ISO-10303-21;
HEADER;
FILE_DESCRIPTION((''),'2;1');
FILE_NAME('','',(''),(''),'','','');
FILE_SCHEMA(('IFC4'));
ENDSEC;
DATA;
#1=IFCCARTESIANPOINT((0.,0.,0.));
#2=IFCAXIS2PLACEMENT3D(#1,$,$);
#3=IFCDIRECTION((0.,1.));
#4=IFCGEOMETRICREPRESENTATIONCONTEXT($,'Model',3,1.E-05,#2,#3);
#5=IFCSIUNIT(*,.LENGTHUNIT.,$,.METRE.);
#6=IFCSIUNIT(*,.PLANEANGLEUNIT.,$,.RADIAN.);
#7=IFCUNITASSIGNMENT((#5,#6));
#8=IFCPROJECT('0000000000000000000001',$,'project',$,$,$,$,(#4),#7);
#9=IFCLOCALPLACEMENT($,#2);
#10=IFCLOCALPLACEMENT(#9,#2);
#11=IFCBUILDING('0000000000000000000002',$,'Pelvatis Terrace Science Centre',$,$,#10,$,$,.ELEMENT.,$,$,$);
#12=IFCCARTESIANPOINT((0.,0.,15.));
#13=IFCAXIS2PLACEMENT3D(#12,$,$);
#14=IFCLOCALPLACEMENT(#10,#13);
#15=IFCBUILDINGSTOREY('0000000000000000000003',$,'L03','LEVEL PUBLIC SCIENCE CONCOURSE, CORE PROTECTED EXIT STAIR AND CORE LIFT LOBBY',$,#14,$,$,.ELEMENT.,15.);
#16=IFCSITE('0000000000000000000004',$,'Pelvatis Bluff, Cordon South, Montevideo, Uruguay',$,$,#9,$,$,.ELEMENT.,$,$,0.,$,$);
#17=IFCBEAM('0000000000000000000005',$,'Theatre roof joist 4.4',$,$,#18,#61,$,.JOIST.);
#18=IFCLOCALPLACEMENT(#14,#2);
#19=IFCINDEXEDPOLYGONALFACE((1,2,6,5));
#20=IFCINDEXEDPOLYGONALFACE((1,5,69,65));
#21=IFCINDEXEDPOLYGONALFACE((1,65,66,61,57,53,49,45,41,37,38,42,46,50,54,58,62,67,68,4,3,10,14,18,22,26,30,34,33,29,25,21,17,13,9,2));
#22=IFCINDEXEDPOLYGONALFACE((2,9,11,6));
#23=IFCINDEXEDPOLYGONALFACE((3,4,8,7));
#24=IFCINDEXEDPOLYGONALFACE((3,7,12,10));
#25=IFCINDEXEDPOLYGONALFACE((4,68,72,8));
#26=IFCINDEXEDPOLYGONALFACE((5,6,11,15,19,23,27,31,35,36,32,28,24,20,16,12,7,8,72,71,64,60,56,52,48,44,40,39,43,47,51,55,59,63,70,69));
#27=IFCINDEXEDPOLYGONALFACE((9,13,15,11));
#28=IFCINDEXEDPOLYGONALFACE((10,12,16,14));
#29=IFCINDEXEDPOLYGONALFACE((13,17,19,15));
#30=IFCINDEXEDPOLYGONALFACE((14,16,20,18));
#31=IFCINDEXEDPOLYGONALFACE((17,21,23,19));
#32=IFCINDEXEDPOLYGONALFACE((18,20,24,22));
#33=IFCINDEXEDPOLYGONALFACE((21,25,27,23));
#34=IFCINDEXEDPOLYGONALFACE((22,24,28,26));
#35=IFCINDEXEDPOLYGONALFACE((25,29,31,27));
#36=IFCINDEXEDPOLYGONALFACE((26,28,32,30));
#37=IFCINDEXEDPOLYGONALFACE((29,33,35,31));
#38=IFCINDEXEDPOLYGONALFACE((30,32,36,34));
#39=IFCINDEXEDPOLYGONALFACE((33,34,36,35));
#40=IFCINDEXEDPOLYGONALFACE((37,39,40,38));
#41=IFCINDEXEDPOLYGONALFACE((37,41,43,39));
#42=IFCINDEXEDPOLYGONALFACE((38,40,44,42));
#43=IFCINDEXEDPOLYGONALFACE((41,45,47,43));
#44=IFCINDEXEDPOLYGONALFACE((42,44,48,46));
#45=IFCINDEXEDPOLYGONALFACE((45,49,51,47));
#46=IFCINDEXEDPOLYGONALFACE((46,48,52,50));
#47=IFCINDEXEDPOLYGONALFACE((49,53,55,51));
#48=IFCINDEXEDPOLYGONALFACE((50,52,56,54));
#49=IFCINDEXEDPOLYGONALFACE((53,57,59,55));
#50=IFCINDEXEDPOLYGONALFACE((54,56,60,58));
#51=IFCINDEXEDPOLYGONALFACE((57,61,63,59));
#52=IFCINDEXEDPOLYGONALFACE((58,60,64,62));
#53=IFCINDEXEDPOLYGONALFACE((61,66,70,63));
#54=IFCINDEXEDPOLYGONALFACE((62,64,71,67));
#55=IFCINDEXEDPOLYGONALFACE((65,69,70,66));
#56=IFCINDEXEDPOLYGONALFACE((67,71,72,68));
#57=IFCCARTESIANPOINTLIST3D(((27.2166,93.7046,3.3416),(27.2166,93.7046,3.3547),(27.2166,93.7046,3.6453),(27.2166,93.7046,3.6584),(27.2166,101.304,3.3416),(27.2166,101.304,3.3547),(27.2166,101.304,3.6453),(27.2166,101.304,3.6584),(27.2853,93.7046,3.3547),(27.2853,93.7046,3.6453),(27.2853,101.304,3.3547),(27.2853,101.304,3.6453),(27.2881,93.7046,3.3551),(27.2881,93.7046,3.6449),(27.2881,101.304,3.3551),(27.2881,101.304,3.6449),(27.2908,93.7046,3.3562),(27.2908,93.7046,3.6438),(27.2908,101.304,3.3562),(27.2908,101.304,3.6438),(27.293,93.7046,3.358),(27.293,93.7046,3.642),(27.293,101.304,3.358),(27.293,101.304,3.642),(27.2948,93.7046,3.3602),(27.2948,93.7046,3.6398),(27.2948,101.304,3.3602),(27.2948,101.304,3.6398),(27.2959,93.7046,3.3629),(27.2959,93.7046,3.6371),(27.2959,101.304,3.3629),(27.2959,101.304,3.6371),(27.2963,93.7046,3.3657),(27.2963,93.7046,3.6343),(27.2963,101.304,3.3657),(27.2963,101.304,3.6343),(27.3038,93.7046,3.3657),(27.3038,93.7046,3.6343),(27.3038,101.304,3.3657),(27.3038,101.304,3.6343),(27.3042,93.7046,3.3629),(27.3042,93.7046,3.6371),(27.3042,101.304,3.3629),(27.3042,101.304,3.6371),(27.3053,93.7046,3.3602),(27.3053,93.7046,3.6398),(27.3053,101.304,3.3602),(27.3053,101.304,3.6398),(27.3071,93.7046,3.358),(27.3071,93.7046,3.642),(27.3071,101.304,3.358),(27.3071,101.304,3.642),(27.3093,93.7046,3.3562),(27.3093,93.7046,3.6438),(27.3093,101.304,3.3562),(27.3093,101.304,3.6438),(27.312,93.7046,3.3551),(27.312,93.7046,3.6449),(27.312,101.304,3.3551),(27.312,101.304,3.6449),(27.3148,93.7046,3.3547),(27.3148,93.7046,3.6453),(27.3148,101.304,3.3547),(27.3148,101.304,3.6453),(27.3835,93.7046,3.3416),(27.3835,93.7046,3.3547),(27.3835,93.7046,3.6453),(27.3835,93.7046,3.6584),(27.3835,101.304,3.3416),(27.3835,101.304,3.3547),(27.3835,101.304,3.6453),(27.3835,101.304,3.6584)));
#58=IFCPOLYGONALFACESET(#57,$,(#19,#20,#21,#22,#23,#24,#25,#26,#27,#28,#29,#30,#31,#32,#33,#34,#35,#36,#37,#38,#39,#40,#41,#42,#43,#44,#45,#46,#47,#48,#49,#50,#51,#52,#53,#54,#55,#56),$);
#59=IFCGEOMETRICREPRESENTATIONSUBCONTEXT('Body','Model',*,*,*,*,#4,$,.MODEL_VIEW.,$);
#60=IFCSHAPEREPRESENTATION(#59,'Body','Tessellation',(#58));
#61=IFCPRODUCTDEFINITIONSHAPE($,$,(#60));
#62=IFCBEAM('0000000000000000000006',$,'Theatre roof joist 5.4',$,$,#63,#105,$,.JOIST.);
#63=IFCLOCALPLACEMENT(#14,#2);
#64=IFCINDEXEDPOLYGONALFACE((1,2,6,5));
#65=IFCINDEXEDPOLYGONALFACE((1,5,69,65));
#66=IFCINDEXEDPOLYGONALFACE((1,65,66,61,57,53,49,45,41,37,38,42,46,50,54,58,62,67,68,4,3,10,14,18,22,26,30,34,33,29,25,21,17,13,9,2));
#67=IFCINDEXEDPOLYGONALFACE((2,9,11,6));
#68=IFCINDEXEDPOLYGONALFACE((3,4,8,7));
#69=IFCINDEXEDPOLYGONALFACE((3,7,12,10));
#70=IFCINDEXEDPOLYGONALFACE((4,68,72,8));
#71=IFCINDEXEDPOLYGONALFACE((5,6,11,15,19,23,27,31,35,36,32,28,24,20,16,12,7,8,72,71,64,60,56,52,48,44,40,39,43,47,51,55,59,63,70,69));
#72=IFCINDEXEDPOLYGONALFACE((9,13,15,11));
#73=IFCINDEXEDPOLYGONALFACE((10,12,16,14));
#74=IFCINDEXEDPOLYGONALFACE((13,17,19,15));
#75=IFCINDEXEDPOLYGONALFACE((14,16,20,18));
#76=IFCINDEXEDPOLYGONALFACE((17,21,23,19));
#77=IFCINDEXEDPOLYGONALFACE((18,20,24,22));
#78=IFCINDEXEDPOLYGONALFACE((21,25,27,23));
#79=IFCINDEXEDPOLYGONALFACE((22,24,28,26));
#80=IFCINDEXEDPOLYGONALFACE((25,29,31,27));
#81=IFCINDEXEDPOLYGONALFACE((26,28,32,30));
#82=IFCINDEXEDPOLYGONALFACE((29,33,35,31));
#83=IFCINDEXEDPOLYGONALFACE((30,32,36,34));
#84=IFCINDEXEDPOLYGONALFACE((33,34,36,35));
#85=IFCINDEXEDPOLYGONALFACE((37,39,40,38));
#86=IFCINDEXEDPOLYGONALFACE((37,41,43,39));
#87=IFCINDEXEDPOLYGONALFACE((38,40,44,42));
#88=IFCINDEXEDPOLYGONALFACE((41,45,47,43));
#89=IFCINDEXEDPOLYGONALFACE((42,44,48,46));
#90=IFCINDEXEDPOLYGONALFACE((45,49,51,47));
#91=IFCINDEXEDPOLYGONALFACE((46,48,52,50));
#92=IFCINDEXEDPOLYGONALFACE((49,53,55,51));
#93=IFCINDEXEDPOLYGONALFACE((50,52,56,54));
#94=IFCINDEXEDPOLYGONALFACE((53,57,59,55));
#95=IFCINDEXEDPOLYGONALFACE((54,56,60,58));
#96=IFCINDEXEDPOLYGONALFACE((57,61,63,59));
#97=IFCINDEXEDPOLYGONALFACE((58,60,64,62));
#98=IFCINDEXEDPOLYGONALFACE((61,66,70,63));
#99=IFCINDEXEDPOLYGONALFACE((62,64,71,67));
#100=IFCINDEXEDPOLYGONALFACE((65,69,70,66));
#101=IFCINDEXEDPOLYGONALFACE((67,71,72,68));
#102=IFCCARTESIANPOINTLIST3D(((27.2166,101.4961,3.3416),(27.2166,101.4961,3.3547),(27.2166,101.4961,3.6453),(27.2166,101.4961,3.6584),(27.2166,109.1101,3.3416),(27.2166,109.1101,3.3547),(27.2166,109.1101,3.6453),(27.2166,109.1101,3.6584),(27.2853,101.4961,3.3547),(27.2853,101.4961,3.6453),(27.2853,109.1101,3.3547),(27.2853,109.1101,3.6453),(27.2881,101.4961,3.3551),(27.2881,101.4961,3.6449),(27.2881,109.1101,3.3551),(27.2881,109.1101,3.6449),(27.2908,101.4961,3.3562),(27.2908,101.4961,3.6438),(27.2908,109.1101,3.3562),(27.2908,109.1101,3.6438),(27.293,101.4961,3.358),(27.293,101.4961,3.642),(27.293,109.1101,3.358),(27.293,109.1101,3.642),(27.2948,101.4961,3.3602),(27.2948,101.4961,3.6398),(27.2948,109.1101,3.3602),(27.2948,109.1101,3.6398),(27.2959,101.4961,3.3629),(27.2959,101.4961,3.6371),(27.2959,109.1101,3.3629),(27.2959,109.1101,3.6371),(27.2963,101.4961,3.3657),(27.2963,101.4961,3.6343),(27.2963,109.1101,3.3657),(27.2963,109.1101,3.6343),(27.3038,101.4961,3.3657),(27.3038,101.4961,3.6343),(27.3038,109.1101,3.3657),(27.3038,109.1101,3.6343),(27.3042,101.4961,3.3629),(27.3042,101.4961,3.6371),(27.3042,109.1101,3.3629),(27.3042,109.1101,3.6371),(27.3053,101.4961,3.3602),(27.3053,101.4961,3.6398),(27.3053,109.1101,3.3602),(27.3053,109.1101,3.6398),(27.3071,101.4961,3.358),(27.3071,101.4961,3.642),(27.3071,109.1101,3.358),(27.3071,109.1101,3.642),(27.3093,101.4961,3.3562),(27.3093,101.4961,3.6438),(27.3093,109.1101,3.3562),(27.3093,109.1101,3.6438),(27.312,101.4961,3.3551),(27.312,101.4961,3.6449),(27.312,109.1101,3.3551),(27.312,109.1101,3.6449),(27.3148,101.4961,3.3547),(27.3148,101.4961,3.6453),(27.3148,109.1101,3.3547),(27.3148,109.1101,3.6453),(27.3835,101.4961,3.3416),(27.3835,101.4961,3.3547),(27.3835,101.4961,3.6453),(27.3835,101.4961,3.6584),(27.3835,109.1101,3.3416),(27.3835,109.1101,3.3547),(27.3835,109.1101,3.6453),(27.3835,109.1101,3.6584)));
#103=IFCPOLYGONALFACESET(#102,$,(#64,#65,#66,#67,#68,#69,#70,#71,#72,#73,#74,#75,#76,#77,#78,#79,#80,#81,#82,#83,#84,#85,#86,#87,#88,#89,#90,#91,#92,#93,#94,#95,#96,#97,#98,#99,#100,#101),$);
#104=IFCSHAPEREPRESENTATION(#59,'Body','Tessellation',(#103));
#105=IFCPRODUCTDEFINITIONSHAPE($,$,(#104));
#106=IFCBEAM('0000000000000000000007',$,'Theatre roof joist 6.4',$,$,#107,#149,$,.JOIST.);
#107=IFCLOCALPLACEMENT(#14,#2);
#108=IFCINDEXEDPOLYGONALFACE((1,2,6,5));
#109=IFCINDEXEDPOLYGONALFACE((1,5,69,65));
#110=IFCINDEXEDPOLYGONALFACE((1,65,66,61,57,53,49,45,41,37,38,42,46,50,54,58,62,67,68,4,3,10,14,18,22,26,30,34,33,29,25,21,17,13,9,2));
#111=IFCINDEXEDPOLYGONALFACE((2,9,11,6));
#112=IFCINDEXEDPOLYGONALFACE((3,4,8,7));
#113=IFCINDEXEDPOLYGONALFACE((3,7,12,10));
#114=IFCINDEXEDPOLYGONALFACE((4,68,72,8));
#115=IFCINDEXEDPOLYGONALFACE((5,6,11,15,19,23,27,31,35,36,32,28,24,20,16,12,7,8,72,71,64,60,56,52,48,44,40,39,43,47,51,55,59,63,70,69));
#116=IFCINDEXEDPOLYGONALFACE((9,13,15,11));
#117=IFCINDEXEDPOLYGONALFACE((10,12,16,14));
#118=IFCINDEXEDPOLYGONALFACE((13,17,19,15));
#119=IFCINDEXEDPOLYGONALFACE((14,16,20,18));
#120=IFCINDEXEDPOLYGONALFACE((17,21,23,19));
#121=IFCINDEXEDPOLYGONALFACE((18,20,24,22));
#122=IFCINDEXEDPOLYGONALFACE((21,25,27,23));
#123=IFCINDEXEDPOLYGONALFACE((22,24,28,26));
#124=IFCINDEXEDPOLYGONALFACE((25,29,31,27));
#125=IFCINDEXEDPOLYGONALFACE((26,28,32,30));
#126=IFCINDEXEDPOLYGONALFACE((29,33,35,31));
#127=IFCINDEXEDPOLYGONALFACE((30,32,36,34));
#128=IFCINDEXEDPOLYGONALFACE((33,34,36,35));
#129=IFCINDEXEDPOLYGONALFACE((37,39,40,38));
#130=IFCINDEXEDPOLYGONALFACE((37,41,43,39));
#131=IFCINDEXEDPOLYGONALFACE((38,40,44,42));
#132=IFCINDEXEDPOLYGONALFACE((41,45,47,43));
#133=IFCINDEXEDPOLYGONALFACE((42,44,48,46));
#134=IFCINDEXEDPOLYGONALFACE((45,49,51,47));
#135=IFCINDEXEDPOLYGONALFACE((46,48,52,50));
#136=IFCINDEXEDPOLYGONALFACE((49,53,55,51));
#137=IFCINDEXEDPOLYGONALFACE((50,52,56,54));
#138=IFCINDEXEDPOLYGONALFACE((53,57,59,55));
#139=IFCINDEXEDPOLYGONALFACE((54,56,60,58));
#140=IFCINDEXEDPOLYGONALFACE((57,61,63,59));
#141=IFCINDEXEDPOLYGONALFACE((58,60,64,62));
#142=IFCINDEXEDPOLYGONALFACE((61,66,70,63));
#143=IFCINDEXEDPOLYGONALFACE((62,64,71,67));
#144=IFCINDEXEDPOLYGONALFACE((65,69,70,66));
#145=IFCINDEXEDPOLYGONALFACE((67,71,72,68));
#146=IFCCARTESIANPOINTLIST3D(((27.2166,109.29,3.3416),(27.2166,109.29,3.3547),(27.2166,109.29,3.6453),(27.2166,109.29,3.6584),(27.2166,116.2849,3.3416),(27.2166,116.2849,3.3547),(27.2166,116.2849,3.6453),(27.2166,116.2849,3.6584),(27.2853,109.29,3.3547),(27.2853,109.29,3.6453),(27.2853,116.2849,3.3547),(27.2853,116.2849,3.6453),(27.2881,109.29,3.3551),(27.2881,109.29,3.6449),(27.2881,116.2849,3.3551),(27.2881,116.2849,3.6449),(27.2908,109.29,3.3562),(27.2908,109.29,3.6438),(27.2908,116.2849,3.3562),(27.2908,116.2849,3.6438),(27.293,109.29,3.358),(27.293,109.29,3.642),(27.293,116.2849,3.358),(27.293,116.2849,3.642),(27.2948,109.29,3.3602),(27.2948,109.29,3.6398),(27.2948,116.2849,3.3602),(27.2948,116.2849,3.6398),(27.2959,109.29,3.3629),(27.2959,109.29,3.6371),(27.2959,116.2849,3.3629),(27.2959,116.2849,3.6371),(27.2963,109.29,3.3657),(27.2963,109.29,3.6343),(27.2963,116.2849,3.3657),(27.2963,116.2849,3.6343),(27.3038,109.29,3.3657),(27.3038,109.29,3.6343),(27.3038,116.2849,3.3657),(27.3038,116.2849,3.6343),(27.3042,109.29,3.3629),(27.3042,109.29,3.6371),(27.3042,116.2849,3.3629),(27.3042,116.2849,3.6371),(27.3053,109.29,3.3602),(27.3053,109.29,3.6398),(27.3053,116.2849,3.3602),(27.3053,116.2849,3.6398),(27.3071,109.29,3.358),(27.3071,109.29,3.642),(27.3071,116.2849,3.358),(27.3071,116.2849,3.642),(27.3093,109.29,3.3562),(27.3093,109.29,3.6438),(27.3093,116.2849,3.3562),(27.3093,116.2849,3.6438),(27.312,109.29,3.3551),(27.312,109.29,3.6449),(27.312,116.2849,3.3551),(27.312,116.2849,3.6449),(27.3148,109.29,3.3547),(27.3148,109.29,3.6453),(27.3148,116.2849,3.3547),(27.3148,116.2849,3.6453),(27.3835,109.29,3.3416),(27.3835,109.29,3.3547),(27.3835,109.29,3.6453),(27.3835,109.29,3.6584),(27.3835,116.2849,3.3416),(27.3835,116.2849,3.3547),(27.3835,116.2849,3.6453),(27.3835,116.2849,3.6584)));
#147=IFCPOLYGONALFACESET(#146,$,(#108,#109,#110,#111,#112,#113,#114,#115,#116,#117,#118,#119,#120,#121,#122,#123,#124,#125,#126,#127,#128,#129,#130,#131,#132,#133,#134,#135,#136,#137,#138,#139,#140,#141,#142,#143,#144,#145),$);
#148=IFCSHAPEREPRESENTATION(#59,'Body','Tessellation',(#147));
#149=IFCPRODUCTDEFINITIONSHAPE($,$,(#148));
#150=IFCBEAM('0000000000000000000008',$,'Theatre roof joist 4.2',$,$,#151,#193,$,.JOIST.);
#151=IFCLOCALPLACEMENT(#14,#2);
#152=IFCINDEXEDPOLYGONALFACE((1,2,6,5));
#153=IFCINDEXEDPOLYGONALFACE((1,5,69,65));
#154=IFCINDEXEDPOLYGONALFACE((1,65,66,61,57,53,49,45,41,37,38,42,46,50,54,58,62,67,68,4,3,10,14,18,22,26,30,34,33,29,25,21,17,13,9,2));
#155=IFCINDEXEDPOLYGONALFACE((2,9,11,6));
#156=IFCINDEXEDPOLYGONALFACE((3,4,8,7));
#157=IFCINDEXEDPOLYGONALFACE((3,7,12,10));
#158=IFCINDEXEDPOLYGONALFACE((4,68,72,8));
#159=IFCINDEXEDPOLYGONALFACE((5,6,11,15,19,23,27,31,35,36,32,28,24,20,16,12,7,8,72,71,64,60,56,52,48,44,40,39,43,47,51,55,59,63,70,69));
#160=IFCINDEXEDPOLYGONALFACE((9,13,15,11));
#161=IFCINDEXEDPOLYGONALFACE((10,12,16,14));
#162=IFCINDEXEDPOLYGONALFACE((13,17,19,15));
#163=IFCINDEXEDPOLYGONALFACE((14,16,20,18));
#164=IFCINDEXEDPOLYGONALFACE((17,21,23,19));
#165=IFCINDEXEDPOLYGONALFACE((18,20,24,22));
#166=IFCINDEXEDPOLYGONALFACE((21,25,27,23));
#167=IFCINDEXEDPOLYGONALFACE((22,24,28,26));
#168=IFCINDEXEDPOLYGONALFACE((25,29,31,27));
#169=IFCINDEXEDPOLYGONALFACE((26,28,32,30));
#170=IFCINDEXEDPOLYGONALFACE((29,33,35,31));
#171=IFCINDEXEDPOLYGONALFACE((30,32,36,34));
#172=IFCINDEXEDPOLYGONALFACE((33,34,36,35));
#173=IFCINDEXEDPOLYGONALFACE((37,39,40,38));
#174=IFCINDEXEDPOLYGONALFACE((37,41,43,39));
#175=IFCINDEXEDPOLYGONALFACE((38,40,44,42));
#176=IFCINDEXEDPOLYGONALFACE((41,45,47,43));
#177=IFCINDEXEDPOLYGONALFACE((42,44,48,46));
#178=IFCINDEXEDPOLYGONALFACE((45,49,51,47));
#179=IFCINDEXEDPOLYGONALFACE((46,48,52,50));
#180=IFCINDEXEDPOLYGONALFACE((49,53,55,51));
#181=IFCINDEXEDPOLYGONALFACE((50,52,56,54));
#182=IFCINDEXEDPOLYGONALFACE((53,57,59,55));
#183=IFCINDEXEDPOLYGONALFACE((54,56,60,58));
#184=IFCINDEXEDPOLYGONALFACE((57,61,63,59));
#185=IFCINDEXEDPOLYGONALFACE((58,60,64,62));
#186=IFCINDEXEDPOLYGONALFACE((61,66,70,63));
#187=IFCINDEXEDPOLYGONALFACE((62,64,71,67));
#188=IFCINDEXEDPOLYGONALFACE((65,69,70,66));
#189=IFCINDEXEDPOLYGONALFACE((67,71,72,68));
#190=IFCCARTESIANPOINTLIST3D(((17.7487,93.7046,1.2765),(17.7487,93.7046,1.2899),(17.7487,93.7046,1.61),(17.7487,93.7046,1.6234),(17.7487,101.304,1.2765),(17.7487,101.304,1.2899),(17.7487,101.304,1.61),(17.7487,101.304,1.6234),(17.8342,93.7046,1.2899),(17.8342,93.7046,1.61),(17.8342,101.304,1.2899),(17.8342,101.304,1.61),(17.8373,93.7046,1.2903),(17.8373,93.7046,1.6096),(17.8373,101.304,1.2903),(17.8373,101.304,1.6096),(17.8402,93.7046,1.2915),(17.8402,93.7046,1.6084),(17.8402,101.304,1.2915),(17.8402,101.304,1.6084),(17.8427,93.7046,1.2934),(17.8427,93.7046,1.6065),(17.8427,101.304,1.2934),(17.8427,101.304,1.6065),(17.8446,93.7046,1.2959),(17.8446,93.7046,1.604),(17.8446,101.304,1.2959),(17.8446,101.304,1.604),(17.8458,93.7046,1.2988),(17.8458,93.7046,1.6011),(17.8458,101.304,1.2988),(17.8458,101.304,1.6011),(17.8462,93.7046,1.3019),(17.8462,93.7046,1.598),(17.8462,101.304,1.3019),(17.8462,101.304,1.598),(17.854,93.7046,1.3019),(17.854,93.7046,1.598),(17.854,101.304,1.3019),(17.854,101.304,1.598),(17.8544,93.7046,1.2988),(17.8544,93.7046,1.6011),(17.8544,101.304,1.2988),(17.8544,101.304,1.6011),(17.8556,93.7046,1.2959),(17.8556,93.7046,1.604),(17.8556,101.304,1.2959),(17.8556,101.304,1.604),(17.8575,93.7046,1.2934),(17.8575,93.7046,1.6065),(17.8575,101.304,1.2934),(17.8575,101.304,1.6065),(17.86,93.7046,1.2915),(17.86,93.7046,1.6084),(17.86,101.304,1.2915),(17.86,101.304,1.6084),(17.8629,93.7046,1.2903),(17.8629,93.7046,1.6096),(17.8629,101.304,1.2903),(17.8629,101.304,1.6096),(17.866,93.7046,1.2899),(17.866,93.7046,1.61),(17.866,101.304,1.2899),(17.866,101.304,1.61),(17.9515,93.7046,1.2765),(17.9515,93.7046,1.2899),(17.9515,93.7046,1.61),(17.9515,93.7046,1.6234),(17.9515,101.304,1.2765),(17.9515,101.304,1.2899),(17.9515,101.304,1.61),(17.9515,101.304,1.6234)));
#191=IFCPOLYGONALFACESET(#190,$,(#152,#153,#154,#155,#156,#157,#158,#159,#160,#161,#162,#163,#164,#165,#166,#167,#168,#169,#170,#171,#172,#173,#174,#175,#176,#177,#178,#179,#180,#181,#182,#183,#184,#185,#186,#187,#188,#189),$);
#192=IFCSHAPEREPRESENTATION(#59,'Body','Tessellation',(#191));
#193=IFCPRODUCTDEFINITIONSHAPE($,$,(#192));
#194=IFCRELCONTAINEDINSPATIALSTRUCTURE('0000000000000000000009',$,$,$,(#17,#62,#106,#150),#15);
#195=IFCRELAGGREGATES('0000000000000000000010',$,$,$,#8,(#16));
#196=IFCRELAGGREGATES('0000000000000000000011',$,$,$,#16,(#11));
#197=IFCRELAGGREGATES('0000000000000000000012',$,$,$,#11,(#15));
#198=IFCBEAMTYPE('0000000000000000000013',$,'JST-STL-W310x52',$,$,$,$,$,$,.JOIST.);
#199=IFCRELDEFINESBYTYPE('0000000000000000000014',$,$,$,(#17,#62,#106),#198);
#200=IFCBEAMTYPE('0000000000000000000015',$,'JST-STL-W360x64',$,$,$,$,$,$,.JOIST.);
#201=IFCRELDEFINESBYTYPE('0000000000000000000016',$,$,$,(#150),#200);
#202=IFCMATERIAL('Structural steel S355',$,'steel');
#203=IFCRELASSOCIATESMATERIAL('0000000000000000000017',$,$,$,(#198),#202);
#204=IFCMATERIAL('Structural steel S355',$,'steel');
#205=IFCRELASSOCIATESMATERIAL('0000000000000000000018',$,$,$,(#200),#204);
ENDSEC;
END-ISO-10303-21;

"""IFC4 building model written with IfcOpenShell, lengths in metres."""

from ifc_helpers import new_model, si_unit, direction, frame, origin, origin_2d, place, context, subcontext, project, spatial, i_section, extrude, material, material_profile, profile_set, type_object, element, save


model = new_model("IFC4")

# Units and contexts
model_context = context("Model", 3, precision=1e-05, world=origin(), true_north=direction((0.0, 1.0)))
body_context = subcontext(model_context, "Body", "Model", "MODEL_VIEW")
ifc_project = project(units=[si_unit("LENGTHUNIT", "METRE"), si_unit("PLANEANGLEUNIT", "RADIAN")], contexts=[model_context])

# Site, building, storey
site_placement = place(None, origin())
site = spatial("IfcSite", under=ifc_project, at=site_placement, Name="Pelvatis Bluff, Cordon South, Montevideo, Uruguay", CompositionType="ELEMENT", RefElevation=0.0)
building_placement = place(site_placement, origin())
building = spatial("IfcBuilding", under=site, at=building_placement, Name="Pelvatis Terrace Science Centre", CompositionType="ELEMENT")
storey_placement = place(building_placement, frame((0.0, 0.0, 15.0)))
storey = spatial("IfcBuildingStorey", under=building, at=storey_placement, Name="L03", Description="LEVEL PUBLIC SCIENCE CONCOURSE, CORE PROTECTED EXIT STAIR AND CORE LIFT LOBBY", CompositionType="ELEMENT", Elevation=15.0)

# Beams
ifc_material_1 = material(Name="Structural steel S355", Category="steel")
ifc_material_profile_1 = material_profile(ifc_material_1, i_section(OverallWidth=0.167, OverallDepth=0.3169, WebThickness=0.0076, FlangeThickness=0.0132, FilletRadius=0.011, at=origin_2d()), Name="W310x52")
ifc_profile_set_1 = profile_set([ifc_material_profile_1], Name="Structural steel S355")
beam_type_1 = type_object("IfcBeamType", Name="JST-STL-W310x52", PredefinedType="JOIST", material=ifc_profile_set_1)
beam_1_placement = place(storey_placement, frame((27.3, 93.7046, 3.5), z_axis=(0.0, 1.0, 0.0), x_axis=(-1.0, 0.0, 0.0)))
element("IfcBeam", 1, at=beam_1_placement, inside=storey, type_object=beam_type_1, Name="Theatre roof joist 4.4", PredefinedType="JOIST", context=body_context, shape_type="SweptSolid", body=[
    extrude(i_section(OverallWidth=0.167, OverallDepth=0.3169, WebThickness=0.0076, FlangeThickness=0.0132, FilletRadius=0.011, at=origin_2d()), origin(), (0.0, 0.0, 1.0), 7.5994),
])
beam_2_placement = place(storey_placement, frame((27.3, 101.4961, 3.5), z_axis=(0.0, 1.0, 0.0), x_axis=(-1.0, 0.0, 0.0)))
element("IfcBeam", 2, at=beam_2_placement, inside=storey, type_object=beam_type_1, Name="Theatre roof joist 5.4", PredefinedType="JOIST", context=body_context, shape_type="SweptSolid", body=[
    extrude(i_section(OverallWidth=0.167, OverallDepth=0.3169, WebThickness=0.0076, FlangeThickness=0.0132, FilletRadius=0.011, at=origin_2d()), origin(), (0.0, 0.0, 1.0), 7.614),
])
beam_3_placement = place(storey_placement, frame((27.3, 109.29, 3.5), z_axis=(0.0, 1.0, 0.0), x_axis=(-1.0, 0.0, 0.0)))
element("IfcBeam", 3, at=beam_3_placement, inside=storey, type_object=beam_type_1, Name="Theatre roof joist 6.4", PredefinedType="JOIST", context=body_context, shape_type="SweptSolid", body=[
    extrude(i_section(OverallWidth=0.167, OverallDepth=0.3169, WebThickness=0.0076, FlangeThickness=0.0132, FilletRadius=0.011, at=origin_2d()), origin(), (0.0, 0.0, 1.0), 6.9949),
])
ifc_material_2 = material(Name="Structural steel S355", Category="steel")
ifc_material_profile_2 = material_profile(ifc_material_2, i_section(OverallWidth=0.2029, OverallDepth=0.3469, WebThickness=0.0078, FlangeThickness=0.0134, FilletRadius=0.012, at=origin_2d()), Name="W360x64")
ifc_profile_set_2 = profile_set([ifc_material_profile_2], Name="Structural steel S355")
beam_type_2 = type_object("IfcBeamType", Name="JST-STL-W360x64", PredefinedType="JOIST", material=ifc_profile_set_2)
beam_4_placement = place(storey_placement, frame((17.8501, 93.7046, 1.45), z_axis=(0.0, 1.0, 0.0), x_axis=(-1.0, 0.0, 0.0)))
element("IfcBeam", 4, at=beam_4_placement, inside=storey, type_object=beam_type_2, Name="Theatre roof joist 4.2", PredefinedType="JOIST", context=body_context, shape_type="SweptSolid", body=[
    extrude(i_section(OverallWidth=0.2029, OverallDepth=0.3469, WebThickness=0.0078, FlangeThickness=0.0134, FilletRadius=0.012, at=origin_2d()), origin(), (0.0, 0.0, 1.0), 7.5994),
])

save(model, "model.ifc")
